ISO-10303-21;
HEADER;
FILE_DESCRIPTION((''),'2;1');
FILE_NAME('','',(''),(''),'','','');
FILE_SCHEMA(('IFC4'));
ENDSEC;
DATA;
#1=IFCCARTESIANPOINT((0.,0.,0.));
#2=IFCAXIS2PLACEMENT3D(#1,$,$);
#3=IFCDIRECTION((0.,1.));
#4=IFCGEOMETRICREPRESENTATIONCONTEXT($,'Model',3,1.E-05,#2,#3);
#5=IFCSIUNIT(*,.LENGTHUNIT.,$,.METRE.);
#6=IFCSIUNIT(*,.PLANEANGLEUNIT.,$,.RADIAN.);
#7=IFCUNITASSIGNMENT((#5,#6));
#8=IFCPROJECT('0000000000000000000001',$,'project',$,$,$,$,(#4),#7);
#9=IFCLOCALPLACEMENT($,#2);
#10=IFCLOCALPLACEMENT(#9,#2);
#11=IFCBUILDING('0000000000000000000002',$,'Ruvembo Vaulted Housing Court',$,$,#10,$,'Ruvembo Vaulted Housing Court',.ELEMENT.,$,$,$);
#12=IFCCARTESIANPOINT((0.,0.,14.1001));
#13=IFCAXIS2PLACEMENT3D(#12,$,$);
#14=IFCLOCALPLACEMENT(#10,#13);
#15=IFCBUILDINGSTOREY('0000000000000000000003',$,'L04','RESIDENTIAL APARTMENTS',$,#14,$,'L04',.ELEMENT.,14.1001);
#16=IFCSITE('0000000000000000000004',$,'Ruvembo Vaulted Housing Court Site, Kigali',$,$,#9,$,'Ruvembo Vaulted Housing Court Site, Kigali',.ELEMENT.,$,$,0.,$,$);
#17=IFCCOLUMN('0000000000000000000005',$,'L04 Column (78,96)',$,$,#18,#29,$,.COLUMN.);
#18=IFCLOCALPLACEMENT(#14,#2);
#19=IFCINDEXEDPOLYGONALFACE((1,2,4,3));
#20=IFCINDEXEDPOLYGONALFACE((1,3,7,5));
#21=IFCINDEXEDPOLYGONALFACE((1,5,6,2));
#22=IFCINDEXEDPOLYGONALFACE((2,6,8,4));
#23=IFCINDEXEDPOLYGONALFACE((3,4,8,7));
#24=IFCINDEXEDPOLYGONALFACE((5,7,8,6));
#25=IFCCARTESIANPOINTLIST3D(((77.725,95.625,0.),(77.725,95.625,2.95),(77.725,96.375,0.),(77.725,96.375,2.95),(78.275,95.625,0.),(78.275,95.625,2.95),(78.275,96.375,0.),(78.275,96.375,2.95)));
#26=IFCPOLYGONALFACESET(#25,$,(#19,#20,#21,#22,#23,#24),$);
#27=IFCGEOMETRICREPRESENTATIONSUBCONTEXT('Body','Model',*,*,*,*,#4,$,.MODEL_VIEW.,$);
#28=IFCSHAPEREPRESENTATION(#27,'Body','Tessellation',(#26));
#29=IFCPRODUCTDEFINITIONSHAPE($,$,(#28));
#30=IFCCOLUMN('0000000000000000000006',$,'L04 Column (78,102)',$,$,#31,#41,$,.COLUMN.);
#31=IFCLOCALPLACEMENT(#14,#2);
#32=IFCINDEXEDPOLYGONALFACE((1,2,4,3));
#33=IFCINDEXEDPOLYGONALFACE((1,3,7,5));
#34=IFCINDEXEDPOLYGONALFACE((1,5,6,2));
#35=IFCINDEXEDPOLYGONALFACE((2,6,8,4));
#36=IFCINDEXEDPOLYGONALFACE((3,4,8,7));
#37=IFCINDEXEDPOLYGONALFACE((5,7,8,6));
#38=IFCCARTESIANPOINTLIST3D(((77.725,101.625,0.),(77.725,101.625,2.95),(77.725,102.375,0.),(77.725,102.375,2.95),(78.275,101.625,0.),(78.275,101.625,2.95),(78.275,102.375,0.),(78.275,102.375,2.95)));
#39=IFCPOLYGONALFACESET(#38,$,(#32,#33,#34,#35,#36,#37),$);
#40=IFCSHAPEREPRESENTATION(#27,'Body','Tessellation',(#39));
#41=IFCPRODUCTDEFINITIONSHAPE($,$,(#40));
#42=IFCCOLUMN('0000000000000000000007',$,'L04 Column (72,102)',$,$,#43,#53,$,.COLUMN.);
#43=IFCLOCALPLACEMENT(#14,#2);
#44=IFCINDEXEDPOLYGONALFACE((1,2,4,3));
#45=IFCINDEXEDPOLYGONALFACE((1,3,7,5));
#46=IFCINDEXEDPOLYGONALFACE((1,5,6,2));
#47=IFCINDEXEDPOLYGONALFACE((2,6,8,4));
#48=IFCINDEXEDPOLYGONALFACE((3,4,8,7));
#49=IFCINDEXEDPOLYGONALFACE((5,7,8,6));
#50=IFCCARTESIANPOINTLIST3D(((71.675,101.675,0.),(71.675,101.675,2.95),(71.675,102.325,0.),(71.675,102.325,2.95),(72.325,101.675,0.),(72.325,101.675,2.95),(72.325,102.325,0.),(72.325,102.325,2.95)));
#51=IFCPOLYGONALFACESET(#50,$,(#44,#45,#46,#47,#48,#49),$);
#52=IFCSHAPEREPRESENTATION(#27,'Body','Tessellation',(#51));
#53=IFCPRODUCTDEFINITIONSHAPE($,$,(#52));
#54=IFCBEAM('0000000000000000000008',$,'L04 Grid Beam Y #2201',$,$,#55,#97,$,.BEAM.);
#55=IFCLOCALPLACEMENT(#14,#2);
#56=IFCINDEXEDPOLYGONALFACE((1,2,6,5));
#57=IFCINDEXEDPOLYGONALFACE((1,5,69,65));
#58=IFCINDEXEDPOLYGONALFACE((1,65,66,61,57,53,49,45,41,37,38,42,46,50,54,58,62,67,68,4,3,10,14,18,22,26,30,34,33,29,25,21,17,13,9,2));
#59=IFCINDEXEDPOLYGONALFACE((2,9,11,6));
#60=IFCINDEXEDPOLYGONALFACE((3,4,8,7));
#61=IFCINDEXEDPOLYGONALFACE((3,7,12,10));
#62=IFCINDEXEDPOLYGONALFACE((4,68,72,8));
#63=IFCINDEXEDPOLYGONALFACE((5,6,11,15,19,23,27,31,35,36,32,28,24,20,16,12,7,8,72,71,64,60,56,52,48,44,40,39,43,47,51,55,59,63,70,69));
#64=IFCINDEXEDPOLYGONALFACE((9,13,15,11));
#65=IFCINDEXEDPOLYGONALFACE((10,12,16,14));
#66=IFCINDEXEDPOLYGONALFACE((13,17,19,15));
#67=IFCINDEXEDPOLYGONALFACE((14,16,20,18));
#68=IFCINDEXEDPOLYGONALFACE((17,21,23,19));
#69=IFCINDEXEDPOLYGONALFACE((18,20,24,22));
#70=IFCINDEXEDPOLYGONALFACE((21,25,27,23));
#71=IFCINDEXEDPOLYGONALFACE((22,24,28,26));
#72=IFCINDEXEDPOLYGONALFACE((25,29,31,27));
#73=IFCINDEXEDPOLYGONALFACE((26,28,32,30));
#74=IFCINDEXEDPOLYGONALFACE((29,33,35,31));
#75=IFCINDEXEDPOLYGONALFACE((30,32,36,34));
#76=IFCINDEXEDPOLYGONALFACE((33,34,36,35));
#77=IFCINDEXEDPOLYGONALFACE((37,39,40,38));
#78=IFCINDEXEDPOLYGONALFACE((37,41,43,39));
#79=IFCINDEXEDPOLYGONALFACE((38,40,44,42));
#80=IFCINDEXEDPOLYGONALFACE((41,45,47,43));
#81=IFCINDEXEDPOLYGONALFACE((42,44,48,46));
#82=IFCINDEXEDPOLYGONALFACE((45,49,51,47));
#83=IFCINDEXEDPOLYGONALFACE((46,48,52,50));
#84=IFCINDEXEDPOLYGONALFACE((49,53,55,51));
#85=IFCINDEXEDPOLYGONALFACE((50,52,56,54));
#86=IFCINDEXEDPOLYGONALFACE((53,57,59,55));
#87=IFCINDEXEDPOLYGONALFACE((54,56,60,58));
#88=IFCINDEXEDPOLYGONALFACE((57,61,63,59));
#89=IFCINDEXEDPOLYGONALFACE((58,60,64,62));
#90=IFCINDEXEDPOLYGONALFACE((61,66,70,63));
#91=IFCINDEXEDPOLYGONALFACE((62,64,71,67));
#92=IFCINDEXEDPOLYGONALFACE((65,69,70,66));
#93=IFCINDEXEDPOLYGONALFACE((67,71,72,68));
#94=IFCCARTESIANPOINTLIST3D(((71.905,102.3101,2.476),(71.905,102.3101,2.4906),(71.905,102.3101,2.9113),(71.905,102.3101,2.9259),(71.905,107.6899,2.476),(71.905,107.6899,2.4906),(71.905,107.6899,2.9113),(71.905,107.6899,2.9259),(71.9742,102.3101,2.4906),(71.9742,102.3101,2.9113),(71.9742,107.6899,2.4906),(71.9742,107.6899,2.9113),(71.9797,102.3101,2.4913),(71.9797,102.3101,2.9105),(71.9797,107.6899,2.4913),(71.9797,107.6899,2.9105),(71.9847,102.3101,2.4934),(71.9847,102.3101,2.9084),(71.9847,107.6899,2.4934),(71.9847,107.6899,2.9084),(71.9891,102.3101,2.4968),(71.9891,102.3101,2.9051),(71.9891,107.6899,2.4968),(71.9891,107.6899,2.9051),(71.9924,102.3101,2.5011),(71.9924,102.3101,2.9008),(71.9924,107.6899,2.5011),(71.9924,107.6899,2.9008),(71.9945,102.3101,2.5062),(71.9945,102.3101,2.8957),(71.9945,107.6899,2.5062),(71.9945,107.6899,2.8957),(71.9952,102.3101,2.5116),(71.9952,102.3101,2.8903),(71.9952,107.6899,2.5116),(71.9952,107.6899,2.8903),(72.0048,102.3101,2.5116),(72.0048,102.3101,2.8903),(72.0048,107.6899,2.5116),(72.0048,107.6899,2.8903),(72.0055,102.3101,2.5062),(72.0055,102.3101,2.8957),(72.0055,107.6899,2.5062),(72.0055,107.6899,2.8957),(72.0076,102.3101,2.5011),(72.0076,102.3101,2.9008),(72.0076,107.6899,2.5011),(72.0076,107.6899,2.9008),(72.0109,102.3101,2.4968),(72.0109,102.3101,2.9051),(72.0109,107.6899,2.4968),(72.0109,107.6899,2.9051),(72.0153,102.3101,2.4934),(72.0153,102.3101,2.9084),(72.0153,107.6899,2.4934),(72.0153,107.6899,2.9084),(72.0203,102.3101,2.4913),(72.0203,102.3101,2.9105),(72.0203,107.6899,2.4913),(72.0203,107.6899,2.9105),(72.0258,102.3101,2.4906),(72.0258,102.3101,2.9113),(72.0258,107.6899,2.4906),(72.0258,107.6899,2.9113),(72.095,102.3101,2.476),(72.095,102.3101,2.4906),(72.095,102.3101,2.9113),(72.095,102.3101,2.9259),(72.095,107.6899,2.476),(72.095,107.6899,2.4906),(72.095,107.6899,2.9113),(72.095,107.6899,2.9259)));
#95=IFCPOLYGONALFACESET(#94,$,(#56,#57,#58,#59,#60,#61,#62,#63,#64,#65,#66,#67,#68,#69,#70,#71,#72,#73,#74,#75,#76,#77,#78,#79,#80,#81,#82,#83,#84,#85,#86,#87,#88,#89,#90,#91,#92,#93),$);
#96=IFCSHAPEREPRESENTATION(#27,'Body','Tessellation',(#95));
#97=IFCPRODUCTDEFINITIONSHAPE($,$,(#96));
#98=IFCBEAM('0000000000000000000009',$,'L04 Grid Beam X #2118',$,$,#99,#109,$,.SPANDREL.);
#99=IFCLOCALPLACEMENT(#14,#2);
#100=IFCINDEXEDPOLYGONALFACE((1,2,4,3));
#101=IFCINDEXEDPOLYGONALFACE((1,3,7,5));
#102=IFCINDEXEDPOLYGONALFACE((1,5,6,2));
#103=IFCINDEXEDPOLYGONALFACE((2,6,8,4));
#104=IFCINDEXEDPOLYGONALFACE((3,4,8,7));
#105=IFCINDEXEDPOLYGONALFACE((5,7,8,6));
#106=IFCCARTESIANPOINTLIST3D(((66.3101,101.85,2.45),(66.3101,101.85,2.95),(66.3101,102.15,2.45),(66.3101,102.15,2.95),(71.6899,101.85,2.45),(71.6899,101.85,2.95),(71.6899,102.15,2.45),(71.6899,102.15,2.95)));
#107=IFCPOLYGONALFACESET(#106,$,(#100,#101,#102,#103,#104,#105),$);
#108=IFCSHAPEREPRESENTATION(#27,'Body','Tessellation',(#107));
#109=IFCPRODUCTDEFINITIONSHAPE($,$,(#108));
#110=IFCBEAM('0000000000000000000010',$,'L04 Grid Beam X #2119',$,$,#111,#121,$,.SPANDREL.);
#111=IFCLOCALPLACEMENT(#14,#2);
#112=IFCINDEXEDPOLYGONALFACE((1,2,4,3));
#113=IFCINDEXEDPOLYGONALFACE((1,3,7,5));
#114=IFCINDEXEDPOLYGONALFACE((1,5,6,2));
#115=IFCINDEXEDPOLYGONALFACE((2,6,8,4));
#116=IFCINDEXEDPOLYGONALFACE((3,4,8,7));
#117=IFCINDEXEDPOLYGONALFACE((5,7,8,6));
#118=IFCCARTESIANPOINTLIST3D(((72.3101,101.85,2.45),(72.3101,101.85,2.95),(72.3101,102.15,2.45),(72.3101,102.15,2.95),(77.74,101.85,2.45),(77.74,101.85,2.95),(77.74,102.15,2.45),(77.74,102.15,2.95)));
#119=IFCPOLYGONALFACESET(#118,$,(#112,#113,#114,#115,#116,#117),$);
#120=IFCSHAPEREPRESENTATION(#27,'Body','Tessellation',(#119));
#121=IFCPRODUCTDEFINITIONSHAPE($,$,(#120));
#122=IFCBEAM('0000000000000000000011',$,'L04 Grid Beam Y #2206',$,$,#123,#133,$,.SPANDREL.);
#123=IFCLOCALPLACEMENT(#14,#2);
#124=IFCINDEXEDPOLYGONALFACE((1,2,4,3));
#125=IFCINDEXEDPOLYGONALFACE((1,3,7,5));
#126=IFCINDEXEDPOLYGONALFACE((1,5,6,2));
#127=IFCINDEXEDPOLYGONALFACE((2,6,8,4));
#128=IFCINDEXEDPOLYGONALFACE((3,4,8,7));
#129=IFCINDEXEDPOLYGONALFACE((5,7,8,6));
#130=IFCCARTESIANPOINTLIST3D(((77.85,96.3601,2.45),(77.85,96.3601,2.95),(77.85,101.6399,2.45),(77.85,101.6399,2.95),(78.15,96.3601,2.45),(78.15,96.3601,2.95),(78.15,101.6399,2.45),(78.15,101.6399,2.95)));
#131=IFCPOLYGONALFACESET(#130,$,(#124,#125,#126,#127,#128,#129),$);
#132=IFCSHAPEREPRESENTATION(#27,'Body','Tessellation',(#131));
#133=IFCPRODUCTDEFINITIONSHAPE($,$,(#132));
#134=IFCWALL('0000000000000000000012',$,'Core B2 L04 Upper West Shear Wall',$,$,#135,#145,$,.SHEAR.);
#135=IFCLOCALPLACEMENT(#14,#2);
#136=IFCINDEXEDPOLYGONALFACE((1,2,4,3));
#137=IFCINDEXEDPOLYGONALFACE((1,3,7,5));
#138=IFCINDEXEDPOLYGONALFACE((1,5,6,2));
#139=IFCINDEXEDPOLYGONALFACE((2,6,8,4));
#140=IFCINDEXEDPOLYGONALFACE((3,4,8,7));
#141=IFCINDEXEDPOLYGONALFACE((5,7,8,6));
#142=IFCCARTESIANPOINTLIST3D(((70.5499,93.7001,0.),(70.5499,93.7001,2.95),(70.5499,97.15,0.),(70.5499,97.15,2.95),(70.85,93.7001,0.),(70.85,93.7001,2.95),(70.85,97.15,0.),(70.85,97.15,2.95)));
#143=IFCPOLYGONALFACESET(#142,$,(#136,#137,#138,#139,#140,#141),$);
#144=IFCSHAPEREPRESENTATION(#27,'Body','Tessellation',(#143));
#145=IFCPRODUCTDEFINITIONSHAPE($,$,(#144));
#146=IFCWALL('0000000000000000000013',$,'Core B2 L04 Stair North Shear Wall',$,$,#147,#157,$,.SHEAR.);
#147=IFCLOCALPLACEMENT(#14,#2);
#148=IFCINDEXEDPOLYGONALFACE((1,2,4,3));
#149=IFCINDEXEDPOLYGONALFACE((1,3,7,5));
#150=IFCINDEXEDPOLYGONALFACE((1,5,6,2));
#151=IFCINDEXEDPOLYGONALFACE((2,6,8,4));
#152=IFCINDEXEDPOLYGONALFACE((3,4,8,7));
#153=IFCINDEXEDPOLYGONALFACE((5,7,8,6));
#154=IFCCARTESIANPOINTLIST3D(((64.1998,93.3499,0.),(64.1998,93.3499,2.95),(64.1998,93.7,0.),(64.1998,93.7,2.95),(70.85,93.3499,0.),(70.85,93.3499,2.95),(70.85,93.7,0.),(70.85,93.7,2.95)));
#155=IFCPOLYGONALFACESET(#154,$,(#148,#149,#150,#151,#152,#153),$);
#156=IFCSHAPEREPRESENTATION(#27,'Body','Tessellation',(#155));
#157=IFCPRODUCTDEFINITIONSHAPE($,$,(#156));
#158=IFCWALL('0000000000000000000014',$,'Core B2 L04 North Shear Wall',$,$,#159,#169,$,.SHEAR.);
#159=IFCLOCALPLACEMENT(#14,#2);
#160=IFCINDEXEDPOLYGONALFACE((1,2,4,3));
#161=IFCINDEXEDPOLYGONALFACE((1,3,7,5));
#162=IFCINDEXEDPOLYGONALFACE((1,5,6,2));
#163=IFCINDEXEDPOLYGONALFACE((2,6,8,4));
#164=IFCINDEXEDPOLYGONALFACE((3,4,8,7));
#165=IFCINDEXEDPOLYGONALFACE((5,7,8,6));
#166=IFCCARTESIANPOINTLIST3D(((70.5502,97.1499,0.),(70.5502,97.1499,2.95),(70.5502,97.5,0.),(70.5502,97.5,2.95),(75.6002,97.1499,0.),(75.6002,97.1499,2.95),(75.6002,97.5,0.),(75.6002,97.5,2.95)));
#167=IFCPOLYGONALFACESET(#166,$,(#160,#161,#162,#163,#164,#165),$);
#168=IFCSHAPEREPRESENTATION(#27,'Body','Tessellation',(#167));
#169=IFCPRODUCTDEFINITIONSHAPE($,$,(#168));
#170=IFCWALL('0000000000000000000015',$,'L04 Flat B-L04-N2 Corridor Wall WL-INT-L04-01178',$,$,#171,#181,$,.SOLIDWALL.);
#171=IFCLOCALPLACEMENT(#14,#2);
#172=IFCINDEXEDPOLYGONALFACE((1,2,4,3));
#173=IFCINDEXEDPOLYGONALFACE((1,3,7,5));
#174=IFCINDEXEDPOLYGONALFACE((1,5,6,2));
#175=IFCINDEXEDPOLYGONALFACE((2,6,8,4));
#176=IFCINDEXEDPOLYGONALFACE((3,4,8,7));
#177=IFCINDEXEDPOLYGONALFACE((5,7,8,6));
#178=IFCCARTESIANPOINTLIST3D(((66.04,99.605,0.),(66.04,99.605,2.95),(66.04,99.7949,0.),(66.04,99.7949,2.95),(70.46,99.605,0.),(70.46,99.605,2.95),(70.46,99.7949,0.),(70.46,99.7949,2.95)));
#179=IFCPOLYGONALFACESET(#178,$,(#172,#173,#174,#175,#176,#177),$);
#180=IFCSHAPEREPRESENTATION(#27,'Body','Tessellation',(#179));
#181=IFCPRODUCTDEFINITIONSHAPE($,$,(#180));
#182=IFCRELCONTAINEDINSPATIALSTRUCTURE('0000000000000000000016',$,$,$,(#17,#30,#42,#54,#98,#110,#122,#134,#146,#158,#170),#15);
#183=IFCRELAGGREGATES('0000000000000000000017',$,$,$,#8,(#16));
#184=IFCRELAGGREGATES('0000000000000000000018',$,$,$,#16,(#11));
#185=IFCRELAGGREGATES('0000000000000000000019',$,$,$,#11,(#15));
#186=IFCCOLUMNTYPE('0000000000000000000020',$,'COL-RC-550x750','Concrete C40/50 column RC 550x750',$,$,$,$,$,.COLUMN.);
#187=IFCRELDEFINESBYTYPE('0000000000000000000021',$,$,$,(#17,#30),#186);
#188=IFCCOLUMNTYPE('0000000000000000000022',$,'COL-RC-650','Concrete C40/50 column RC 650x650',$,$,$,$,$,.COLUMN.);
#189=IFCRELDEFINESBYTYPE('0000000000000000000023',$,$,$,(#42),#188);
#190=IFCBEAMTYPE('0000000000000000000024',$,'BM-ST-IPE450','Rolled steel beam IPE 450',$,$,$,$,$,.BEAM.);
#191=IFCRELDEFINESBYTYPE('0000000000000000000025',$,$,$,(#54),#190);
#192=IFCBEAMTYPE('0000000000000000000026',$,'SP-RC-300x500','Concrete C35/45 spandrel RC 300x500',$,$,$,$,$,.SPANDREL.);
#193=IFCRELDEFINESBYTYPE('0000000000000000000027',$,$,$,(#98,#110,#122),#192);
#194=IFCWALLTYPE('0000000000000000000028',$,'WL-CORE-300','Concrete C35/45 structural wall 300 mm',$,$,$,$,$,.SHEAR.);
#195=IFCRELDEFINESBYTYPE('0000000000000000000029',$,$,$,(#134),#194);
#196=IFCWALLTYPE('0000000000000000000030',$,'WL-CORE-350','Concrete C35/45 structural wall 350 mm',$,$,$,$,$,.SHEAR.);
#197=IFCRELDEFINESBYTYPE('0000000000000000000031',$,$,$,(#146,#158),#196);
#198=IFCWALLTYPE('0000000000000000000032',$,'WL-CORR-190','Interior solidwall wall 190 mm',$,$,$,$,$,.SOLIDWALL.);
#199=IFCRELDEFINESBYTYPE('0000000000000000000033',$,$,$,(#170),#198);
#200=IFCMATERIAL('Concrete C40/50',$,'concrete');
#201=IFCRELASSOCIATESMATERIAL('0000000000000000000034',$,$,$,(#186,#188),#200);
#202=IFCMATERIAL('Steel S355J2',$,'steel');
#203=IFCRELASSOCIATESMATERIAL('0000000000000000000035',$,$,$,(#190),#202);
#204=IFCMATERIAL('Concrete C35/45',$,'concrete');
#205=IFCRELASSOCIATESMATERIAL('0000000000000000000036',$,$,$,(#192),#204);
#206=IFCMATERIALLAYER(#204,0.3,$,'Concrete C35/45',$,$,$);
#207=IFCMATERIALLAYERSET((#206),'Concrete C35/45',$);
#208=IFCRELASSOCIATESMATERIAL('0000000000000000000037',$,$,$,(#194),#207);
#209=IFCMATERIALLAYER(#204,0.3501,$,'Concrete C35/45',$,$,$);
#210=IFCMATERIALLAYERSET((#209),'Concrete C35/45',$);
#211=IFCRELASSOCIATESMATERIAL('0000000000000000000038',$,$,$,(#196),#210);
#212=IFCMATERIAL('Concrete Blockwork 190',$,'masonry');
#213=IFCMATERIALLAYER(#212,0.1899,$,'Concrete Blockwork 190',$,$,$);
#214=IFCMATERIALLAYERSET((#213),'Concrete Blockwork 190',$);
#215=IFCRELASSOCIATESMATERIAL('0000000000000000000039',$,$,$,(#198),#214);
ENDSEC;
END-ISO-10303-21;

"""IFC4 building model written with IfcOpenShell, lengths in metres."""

from ifc_helpers import new_model, si_unit, direction, frame, frame_2d, origin, origin_2d, place, context, subcontext, project, spatial, rectangle, i_section, extrude, material, layer, layer_set, material_profile, profile_set, type_object, element, save


model = new_model("IFC4")

# Units and contexts
model_context = context("Model", 3, precision=1e-05, world=origin(), true_north=direction((0.0, 1.0)))
body_context = subcontext(model_context, "Body", "Model", "MODEL_VIEW")
ifc_project = project(units=[si_unit("LENGTHUNIT", "METRE"), si_unit("PLANEANGLEUNIT", "RADIAN")], contexts=[model_context])

# Site, building, storey
site_placement = place(None, origin())
site = spatial("IfcSite", under=ifc_project, at=site_placement, Name="Ruvembo Vaulted Housing Court Site, Kigali", LongName="Ruvembo Vaulted Housing Court Site, Kigali", CompositionType="ELEMENT", RefElevation=0.0)
building_placement = place(site_placement, origin())
building = spatial("IfcBuilding", under=site, at=building_placement, Name="Ruvembo Vaulted Housing Court", LongName="Ruvembo Vaulted Housing Court", CompositionType="ELEMENT")
storey_placement = place(building_placement, frame((0.0, 0.0, 14.1001)))
storey = spatial("IfcBuildingStorey", under=building, at=storey_placement, Name="L04", Description="RESIDENTIAL APARTMENTS", LongName="L04", CompositionType="ELEMENT", Elevation=14.1001)

# Columns
ifc_material_1 = material(Name="Concrete C40/50", Category="concrete")
ifc_material_profile_1 = material_profile(ifc_material_1, rectangle(XDim=0.55, YDim=0.75, at=origin_2d()), Name="RC 550x750")
ifc_profile_set_1 = profile_set([ifc_material_profile_1], Name="Concrete C40/50")
column_type_1 = type_object("IfcColumnType", Name="COL-RC-550x750", Description="Concrete C40/50 column RC 550x750", PredefinedType="COLUMN", material=ifc_profile_set_1)
for number, where, z_axis, x_axis, name in (
    (1, (78.0, 96.0, 0.0), (0.0, 0.0, 1.0), (1.0, 0.0, 0.0), "L04 Column (78,96)"),
    (2, (78.0, 102.0, 0.0), (0.0, 0.0, 1.0), (1.0, 0.0, 0.0), "L04 Column (78,102)"),
):
    element("IfcColumn", number, at=place(storey_placement, frame(where, z_axis=z_axis, x_axis=x_axis)), inside=storey, type_object=column_type_1, Name=name, PredefinedType="COLUMN", context=body_context, shape_type="SweptSolid", body=[
        extrude(rectangle(XDim=0.55, YDim=0.75, at=origin_2d()), origin(), (0.0, 0.0, 1.0), 2.95),
    ])
ifc_material_profile_2 = material_profile(ifc_material_1, rectangle(XDim=0.6499, YDim=0.6499, at=origin_2d()), Name="RC 650x650")
ifc_profile_set_2 = profile_set([ifc_material_profile_2], Name="Concrete C40/50")
column_type_2 = type_object("IfcColumnType", Name="COL-RC-650", Description="Concrete C40/50 column RC 650x650", PredefinedType="COLUMN", material=ifc_profile_set_2)
column_placement = place(storey_placement, frame((72.0, 102.0, 0.0), z_axis=(0.0, 0.0, 1.0), x_axis=(1.0, 0.0, 0.0)))
element("IfcColumn", 3, at=column_placement, inside=storey, type_object=column_type_2, Name="L04 Column (72,102)", PredefinedType="COLUMN", context=body_context, shape_type="SweptSolid", body=[
    extrude(rectangle(XDim=0.6499, YDim=0.6499, at=origin_2d()), origin(), (0.0, 0.0, 1.0), 2.95),
])

# Beams
ifc_material_2 = material(Name="Steel S355J2", Category="steel")
ifc_material_profile_3 = material_profile(ifc_material_2, i_section(OverallWidth=0.1899, OverallDepth=0.45, WebThickness=0.0095, FlangeThickness=0.0146, FilletRadius=0.021, at=origin_2d()), Name="IPE 450")
ifc_profile_set_3 = profile_set([ifc_material_profile_3], Name="Steel S355J2")
beam_type_1 = type_object("IfcBeamType", Name="BM-ST-IPE450", Description="Rolled steel beam IPE 450", PredefinedType="BEAM", material=ifc_profile_set_3)
beam_1_placement = place(storey_placement, frame((72.0, 102.3101, 2.7009), z_axis=(0.0, 1.0, 0.0), x_axis=(-1.0, 0.0, 0.0)))
element("IfcBeam", 4, at=beam_1_placement, inside=storey, type_object=beam_type_1, Name="L04 Grid Beam Y #2201", PredefinedType="BEAM", context=body_context, shape_type="SweptSolid", body=[
    extrude(i_section(OverallWidth=0.1899, OverallDepth=0.45, WebThickness=0.0095, FlangeThickness=0.0146, FilletRadius=0.021, at=origin_2d()), origin(), (0.0, 0.0, 1.0), 5.3799),
])
ifc_material_3 = material(Name="Concrete C35/45", Category="concrete")
ifc_material_profile_4 = material_profile(ifc_material_3, rectangle(XDim=0.3, YDim=0.5, at=origin_2d()), Name="RC 300x500")
ifc_profile_set_4 = profile_set([ifc_material_profile_4], Name="Concrete C35/45")
beam_type_2 = type_object("IfcBeamType", Name="SP-RC-300x500", Description="Concrete C35/45 spandrel RC 300x500", PredefinedType="SPANDREL", material=ifc_profile_set_4)
beam_2_placement = place(storey_placement, frame((66.3101, 102.0, 2.7), z_axis=(1.0, 0.0, 0.0), x_axis=(0.0, 1.0, 0.0)))
element("IfcBeam", 5, at=beam_2_placement, inside=storey, type_object=beam_type_2, Name="L04 Grid Beam X #2118", PredefinedType="SPANDREL", context=body_context, shape_type="SweptSolid", body=[
    extrude(rectangle(XDim=0.3, YDim=0.5, at=origin_2d()), origin(), (0.0, 0.0, 1.0), 5.3799),
])
beam_3_placement = place(storey_placement, frame((72.3101, 102.0, 2.7), z_axis=(1.0, 0.0, 0.0), x_axis=(0.0, 1.0, 0.0)))
element("IfcBeam", 6, at=beam_3_placement, inside=storey, type_object=beam_type_2, Name="L04 Grid Beam X #2119", PredefinedType="SPANDREL", context=body_context, shape_type="SweptSolid", body=[
    extrude(rectangle(XDim=0.3, YDim=0.5, at=origin_2d()), origin(), (0.0, 0.0, 1.0), 5.4299),
])
beam_4_placement = place(storey_placement, frame((78.0, 96.3601, 2.7), z_axis=(0.0, 1.0, 0.0), x_axis=(-1.0, 0.0, 0.0)))
element("IfcBeam", 7, at=beam_4_placement, inside=storey, type_object=beam_type_2, Name="L04 Grid Beam Y #2206", PredefinedType="SPANDREL", context=body_context, shape_type="SweptSolid", body=[
    extrude(rectangle(XDim=0.3, YDim=0.5, at=origin_2d()), origin(), (0.0, 0.0, 1.0), 5.2798),
])

# Walls
ifc_layer_1 = layer(ifc_material_3, 0.3, Name="Concrete C35/45")
ifc_layer_set_1 = layer_set([ifc_layer_1], Name="Concrete C35/45")
wall_type_1 = type_object("IfcWallType", Name="WL-CORE-300", Description="Concrete C35/45 structural wall 300 mm", PredefinedType="SHEAR", material=ifc_layer_set_1)
wall_1_placement = place(storey_placement, frame((70.7, 93.7, 0.0), z_axis=(0.0, 0.0, 1.0), x_axis=(0.0, 1.0, 0.0)))
element("IfcWall", 8, at=wall_1_placement, inside=storey, type_object=wall_type_1, Name="Core B2 L04 Upper West Shear Wall", PredefinedType="SHEAR", context=body_context, shape_type="SweptSolid", body=[
    extrude(rectangle(XDim=3.45, YDim=0.3, at=frame_2d((1.7251, 0.0))), origin(), (0.0, 0.0, 1.0), 2.95),
])
ifc_layer_2 = layer(ifc_material_3, 0.3501, Name="Concrete C35/45")
ifc_layer_set_2 = layer_set([ifc_layer_2], Name="Concrete C35/45")
wall_type_2 = type_object("IfcWallType", Name="WL-CORE-350", Description="Concrete C35/45 structural wall 350 mm", PredefinedType="SHEAR", material=ifc_layer_set_2)
wall_2_placement = place(storey_placement, frame((70.8501, 93.5249, 0.0), z_axis=(0.0, 0.0, 1.0), x_axis=(-1.0, 0.0, 0.0)))
element("IfcWall", 9, at=wall_2_placement, inside=storey, type_object=wall_type_2, Name="Core B2 L04 Stair North Shear Wall", PredefinedType="SHEAR", context=body_context, shape_type="SweptSolid", body=[
    extrude(rectangle(XDim=6.6501, YDim=0.3501, at=frame_2d((3.3252, 0.0))), origin(), (0.0, 0.0, 1.0), 2.95),
])
wall_3_placement = place(storey_placement, frame((75.6001, 97.325, 0.0), z_axis=(0.0, 0.0, 1.0), x_axis=(-1.0, 0.0, 0.0)))
element("IfcWall", 10, at=wall_3_placement, inside=storey, type_object=wall_type_2, Name="Core B2 L04 North Shear Wall", PredefinedType="SHEAR", context=body_context, shape_type="SweptSolid", body=[
    extrude(rectangle(XDim=5.05, YDim=0.3501, at=frame_2d((2.5249, 0.0))), origin(), (0.0, 0.0, 1.0), 2.95),
])
ifc_material_4 = material(Name="Concrete Blockwork 190", Category="masonry")
ifc_layer_3 = layer(ifc_material_4, 0.1899, Name="Concrete Blockwork 190")
ifc_layer_set_3 = layer_set([ifc_layer_3], Name="Concrete Blockwork 190")
wall_type_3 = type_object("IfcWallType", Name="WL-CORR-190", Description="Interior solidwall wall 190 mm", PredefinedType="SOLIDWALL", material=ifc_layer_set_3)
wall_4_placement = place(storey_placement, frame((66.04, 99.7, 0.0), z_axis=(0.0, 0.0, 1.0), x_axis=(1.0, 0.0, 0.0)))
element("IfcWall", 11, at=wall_4_placement, inside=storey, type_object=wall_type_3, Name="L04 Flat B-L04-N2 Corridor Wall WL-INT-L04-01178", PredefinedType="SOLIDWALL", context=body_context, shape_type="SweptSolid", body=[
    extrude(rectangle(XDim=4.4199, YDim=0.1899, at=frame_2d((2.21, 0.0))), origin(), (0.0, 0.0, 1.0), 2.95),
])

save(model, "model.ifc")
